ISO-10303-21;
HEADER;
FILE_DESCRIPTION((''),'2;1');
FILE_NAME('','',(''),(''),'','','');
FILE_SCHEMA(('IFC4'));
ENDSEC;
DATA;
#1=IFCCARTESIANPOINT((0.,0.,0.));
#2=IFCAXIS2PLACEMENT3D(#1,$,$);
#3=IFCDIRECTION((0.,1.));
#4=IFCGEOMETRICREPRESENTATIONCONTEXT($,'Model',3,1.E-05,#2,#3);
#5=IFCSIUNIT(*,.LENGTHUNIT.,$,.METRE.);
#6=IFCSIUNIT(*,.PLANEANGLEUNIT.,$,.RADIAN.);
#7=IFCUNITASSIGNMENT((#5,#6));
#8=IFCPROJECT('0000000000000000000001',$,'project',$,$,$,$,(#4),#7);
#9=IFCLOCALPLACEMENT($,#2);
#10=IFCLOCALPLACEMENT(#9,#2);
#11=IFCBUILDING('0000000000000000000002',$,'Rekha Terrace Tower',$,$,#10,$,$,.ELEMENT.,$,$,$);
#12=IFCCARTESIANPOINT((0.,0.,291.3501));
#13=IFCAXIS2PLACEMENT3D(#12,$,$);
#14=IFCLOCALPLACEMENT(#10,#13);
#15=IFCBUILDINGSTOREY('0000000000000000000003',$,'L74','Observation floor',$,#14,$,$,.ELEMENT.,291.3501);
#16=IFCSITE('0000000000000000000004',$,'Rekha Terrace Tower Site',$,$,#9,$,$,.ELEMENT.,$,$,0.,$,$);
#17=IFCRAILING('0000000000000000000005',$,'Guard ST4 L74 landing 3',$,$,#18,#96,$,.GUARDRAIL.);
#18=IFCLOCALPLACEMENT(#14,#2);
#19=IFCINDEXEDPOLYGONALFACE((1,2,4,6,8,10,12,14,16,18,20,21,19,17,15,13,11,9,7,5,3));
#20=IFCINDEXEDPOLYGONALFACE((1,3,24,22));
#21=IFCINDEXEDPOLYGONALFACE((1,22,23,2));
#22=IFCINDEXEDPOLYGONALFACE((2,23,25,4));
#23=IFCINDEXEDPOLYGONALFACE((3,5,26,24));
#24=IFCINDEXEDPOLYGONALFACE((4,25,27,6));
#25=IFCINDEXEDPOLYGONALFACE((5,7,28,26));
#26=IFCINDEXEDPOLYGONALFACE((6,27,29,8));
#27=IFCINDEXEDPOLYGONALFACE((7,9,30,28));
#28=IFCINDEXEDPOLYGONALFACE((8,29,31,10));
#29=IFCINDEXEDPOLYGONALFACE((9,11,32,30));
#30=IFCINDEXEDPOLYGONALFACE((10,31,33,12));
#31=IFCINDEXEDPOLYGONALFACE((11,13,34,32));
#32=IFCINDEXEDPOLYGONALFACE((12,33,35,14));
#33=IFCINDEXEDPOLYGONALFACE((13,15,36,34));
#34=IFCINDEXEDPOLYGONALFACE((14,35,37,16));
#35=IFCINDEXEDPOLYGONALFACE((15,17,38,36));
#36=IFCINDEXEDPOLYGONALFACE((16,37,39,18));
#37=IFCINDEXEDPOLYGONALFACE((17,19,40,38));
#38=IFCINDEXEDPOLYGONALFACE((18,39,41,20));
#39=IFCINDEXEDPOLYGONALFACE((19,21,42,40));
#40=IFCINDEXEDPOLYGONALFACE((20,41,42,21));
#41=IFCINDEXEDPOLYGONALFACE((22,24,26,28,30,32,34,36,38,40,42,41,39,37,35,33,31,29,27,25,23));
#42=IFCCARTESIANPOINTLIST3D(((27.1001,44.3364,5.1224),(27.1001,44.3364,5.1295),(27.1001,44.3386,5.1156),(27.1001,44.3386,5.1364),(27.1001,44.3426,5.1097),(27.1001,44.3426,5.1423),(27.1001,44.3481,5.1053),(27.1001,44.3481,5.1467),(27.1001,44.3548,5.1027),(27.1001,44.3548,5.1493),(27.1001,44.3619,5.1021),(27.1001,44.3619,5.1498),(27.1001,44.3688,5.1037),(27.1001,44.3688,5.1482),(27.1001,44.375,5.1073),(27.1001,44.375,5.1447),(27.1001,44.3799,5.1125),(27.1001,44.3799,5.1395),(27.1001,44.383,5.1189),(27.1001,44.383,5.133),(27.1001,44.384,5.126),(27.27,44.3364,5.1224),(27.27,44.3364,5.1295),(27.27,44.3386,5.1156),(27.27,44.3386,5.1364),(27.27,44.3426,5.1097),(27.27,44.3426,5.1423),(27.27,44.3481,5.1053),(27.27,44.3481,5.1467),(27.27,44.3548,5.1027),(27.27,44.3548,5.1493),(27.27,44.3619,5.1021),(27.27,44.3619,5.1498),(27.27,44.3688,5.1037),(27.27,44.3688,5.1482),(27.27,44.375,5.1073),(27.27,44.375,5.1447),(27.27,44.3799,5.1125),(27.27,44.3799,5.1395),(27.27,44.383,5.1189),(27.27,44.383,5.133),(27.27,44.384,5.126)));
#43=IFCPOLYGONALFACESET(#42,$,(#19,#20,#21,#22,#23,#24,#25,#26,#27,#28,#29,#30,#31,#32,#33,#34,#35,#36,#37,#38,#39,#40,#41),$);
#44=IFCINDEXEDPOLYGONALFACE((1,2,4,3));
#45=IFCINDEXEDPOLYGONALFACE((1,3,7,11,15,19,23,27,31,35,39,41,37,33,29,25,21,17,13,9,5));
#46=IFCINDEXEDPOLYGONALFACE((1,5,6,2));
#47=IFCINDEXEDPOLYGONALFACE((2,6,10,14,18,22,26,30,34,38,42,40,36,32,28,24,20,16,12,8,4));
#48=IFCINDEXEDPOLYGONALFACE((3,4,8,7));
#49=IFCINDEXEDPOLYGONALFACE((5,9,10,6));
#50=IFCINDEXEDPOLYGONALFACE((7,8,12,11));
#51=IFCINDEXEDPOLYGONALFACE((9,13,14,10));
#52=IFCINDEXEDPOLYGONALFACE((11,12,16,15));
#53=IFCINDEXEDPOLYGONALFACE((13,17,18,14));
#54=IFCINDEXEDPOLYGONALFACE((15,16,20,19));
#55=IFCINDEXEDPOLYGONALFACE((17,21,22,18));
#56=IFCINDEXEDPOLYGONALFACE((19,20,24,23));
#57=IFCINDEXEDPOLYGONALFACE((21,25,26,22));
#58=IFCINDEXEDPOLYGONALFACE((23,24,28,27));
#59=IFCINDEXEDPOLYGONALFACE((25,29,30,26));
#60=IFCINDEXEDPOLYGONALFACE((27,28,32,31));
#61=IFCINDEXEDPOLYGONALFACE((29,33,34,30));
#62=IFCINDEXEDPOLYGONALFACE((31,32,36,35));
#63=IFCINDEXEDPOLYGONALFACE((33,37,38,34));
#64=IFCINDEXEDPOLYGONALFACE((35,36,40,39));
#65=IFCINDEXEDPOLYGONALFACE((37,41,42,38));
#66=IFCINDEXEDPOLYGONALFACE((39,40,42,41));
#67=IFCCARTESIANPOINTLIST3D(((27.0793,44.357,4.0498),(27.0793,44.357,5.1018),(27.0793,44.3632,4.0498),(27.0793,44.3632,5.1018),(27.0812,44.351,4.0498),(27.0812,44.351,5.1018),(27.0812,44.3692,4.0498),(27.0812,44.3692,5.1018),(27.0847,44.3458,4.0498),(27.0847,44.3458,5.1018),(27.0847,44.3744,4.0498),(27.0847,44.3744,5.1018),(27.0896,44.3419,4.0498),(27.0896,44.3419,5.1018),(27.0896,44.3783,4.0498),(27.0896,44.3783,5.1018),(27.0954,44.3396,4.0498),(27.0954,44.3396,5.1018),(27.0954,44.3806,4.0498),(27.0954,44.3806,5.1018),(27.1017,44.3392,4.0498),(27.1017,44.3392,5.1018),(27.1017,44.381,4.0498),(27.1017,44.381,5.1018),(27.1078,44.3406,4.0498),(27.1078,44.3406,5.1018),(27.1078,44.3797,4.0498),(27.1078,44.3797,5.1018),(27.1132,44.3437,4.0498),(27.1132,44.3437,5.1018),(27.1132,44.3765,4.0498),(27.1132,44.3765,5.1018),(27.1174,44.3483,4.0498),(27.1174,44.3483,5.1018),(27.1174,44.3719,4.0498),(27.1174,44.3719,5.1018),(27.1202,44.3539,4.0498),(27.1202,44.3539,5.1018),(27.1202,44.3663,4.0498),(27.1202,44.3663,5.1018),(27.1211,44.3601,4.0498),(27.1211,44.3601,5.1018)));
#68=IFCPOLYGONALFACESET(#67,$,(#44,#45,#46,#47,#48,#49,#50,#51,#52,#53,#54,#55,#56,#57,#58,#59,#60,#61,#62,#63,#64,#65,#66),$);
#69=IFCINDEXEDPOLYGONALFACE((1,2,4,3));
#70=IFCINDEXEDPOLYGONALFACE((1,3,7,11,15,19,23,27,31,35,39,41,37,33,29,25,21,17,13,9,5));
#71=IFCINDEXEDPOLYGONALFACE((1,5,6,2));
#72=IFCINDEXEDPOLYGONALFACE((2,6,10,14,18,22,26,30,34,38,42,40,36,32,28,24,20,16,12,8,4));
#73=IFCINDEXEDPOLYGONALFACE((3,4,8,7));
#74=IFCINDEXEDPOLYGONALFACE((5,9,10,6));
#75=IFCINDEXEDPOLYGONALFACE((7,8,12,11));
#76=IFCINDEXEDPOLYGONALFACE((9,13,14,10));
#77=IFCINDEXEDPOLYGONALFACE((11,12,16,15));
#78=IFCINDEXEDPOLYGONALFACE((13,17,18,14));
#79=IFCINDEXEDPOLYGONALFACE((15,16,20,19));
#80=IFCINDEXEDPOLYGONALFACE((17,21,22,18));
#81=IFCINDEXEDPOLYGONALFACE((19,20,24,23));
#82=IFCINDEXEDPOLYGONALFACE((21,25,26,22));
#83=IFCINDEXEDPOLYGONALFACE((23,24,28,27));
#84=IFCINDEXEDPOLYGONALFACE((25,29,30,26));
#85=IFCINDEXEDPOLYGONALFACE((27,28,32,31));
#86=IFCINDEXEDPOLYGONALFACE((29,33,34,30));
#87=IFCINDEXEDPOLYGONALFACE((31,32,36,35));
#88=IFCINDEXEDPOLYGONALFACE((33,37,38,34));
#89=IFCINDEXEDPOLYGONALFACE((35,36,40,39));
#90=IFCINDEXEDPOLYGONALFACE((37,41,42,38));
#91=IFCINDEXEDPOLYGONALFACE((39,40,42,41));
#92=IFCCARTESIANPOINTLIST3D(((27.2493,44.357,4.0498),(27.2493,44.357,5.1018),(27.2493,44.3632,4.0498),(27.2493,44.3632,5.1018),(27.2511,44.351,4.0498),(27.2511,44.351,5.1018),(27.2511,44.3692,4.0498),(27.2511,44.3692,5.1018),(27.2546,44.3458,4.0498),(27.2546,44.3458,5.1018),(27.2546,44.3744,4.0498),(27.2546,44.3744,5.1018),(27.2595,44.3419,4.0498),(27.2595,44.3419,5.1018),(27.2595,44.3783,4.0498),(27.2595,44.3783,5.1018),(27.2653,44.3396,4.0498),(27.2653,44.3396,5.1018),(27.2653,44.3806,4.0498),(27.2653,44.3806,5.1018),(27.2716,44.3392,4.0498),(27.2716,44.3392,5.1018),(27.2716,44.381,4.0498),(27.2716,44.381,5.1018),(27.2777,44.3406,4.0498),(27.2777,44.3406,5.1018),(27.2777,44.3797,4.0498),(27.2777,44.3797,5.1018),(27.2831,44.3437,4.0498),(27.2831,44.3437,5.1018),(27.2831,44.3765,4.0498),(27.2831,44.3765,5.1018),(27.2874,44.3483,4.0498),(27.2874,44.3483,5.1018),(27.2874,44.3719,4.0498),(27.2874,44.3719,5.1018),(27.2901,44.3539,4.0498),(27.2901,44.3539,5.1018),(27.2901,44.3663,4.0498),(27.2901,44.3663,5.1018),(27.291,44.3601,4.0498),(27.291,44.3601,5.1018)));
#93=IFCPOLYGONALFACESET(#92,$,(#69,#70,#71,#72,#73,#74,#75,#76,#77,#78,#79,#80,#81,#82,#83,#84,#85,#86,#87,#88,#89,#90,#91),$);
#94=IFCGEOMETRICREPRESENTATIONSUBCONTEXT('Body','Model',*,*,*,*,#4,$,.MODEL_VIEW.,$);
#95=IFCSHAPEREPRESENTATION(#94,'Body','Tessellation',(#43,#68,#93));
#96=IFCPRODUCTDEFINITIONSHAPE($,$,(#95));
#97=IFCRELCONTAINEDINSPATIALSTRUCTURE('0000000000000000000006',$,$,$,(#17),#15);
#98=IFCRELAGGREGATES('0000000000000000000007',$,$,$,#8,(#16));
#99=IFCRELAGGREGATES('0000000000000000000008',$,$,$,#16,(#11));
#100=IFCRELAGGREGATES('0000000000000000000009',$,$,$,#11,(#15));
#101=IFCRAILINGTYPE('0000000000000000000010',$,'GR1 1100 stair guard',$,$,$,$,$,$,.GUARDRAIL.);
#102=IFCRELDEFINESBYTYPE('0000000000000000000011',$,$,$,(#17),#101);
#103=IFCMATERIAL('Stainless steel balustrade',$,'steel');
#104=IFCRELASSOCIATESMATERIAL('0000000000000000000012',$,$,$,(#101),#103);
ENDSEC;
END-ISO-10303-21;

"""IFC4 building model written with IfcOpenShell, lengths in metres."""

from ifc_helpers import new_model, si_unit, direction, frame, origin, origin_2d, place, context, subcontext, project, spatial, circle, extrude, material, type_object, element, save


model = new_model("IFC4")

# Units and contexts
model_context = context("Model", 3, precision=1e-05, world=origin(), true_north=direction((0.0, 1.0)))
body_context = subcontext(model_context, "Body", "Model", "MODEL_VIEW")
ifc_project = project(units=[si_unit("LENGTHUNIT", "METRE"), si_unit("PLANEANGLEUNIT", "RADIAN")], contexts=[model_context])

# Site, building, storey
site_placement = place(None, origin())
site = spatial("IfcSite", under=ifc_project, at=site_placement, Name="Rekha Terrace Tower Site", CompositionType="ELEMENT", RefElevation=0.0)
building_placement = place(site_placement, origin())
building = spatial("IfcBuilding", under=site, at=building_placement, Name="Rekha Terrace Tower", CompositionType="ELEMENT")
storey_placement = place(building_placement, frame((0.0, 0.0, 291.3501)))
storey = spatial("IfcBuildingStorey", under=building, at=storey_placement, Name="L74", Description="Observation floor", CompositionType="ELEMENT", Elevation=291.3501)

# Railing
ifc_material_1 = material(Name="Stainless steel balustrade", Category="steel")
railing_type_1 = type_object("IfcRailingType", Name="GR1 1100 stair guard", PredefinedType="GUARDRAIL", material=ifc_material_1)
railing_1_placement = place(storey_placement, frame((27.1001, 44.3601, 4.0498)))
element("IfcRailing", 1, at=railing_1_placement, inside=storey, type_object=railing_type_1, Name="Guard ST4 L74 landing 3", PredefinedType="GUARDRAIL", context=body_context, shape_type="SweptSolid", body=[
    extrude(circle(Radius=0.0239, at=origin_2d()), frame((0.0, 0.0, 1.0762), z_axis=(1.0, 0.0, 0.0), x_axis=(0.0, 1.0, 0.0)), (0.0, 0.0, 1.0), 0.1699),
    extrude(circle(Radius=0.021, at=origin_2d()), origin(), (0.0, 0.0, 1.0), 1.052),
    extrude(circle(Radius=0.021, at=origin_2d()), frame((0.1699, 0.0, 0.0)), (0.0, 0.0, 1.0), 1.052),
])

save(model, "model.ifc")
